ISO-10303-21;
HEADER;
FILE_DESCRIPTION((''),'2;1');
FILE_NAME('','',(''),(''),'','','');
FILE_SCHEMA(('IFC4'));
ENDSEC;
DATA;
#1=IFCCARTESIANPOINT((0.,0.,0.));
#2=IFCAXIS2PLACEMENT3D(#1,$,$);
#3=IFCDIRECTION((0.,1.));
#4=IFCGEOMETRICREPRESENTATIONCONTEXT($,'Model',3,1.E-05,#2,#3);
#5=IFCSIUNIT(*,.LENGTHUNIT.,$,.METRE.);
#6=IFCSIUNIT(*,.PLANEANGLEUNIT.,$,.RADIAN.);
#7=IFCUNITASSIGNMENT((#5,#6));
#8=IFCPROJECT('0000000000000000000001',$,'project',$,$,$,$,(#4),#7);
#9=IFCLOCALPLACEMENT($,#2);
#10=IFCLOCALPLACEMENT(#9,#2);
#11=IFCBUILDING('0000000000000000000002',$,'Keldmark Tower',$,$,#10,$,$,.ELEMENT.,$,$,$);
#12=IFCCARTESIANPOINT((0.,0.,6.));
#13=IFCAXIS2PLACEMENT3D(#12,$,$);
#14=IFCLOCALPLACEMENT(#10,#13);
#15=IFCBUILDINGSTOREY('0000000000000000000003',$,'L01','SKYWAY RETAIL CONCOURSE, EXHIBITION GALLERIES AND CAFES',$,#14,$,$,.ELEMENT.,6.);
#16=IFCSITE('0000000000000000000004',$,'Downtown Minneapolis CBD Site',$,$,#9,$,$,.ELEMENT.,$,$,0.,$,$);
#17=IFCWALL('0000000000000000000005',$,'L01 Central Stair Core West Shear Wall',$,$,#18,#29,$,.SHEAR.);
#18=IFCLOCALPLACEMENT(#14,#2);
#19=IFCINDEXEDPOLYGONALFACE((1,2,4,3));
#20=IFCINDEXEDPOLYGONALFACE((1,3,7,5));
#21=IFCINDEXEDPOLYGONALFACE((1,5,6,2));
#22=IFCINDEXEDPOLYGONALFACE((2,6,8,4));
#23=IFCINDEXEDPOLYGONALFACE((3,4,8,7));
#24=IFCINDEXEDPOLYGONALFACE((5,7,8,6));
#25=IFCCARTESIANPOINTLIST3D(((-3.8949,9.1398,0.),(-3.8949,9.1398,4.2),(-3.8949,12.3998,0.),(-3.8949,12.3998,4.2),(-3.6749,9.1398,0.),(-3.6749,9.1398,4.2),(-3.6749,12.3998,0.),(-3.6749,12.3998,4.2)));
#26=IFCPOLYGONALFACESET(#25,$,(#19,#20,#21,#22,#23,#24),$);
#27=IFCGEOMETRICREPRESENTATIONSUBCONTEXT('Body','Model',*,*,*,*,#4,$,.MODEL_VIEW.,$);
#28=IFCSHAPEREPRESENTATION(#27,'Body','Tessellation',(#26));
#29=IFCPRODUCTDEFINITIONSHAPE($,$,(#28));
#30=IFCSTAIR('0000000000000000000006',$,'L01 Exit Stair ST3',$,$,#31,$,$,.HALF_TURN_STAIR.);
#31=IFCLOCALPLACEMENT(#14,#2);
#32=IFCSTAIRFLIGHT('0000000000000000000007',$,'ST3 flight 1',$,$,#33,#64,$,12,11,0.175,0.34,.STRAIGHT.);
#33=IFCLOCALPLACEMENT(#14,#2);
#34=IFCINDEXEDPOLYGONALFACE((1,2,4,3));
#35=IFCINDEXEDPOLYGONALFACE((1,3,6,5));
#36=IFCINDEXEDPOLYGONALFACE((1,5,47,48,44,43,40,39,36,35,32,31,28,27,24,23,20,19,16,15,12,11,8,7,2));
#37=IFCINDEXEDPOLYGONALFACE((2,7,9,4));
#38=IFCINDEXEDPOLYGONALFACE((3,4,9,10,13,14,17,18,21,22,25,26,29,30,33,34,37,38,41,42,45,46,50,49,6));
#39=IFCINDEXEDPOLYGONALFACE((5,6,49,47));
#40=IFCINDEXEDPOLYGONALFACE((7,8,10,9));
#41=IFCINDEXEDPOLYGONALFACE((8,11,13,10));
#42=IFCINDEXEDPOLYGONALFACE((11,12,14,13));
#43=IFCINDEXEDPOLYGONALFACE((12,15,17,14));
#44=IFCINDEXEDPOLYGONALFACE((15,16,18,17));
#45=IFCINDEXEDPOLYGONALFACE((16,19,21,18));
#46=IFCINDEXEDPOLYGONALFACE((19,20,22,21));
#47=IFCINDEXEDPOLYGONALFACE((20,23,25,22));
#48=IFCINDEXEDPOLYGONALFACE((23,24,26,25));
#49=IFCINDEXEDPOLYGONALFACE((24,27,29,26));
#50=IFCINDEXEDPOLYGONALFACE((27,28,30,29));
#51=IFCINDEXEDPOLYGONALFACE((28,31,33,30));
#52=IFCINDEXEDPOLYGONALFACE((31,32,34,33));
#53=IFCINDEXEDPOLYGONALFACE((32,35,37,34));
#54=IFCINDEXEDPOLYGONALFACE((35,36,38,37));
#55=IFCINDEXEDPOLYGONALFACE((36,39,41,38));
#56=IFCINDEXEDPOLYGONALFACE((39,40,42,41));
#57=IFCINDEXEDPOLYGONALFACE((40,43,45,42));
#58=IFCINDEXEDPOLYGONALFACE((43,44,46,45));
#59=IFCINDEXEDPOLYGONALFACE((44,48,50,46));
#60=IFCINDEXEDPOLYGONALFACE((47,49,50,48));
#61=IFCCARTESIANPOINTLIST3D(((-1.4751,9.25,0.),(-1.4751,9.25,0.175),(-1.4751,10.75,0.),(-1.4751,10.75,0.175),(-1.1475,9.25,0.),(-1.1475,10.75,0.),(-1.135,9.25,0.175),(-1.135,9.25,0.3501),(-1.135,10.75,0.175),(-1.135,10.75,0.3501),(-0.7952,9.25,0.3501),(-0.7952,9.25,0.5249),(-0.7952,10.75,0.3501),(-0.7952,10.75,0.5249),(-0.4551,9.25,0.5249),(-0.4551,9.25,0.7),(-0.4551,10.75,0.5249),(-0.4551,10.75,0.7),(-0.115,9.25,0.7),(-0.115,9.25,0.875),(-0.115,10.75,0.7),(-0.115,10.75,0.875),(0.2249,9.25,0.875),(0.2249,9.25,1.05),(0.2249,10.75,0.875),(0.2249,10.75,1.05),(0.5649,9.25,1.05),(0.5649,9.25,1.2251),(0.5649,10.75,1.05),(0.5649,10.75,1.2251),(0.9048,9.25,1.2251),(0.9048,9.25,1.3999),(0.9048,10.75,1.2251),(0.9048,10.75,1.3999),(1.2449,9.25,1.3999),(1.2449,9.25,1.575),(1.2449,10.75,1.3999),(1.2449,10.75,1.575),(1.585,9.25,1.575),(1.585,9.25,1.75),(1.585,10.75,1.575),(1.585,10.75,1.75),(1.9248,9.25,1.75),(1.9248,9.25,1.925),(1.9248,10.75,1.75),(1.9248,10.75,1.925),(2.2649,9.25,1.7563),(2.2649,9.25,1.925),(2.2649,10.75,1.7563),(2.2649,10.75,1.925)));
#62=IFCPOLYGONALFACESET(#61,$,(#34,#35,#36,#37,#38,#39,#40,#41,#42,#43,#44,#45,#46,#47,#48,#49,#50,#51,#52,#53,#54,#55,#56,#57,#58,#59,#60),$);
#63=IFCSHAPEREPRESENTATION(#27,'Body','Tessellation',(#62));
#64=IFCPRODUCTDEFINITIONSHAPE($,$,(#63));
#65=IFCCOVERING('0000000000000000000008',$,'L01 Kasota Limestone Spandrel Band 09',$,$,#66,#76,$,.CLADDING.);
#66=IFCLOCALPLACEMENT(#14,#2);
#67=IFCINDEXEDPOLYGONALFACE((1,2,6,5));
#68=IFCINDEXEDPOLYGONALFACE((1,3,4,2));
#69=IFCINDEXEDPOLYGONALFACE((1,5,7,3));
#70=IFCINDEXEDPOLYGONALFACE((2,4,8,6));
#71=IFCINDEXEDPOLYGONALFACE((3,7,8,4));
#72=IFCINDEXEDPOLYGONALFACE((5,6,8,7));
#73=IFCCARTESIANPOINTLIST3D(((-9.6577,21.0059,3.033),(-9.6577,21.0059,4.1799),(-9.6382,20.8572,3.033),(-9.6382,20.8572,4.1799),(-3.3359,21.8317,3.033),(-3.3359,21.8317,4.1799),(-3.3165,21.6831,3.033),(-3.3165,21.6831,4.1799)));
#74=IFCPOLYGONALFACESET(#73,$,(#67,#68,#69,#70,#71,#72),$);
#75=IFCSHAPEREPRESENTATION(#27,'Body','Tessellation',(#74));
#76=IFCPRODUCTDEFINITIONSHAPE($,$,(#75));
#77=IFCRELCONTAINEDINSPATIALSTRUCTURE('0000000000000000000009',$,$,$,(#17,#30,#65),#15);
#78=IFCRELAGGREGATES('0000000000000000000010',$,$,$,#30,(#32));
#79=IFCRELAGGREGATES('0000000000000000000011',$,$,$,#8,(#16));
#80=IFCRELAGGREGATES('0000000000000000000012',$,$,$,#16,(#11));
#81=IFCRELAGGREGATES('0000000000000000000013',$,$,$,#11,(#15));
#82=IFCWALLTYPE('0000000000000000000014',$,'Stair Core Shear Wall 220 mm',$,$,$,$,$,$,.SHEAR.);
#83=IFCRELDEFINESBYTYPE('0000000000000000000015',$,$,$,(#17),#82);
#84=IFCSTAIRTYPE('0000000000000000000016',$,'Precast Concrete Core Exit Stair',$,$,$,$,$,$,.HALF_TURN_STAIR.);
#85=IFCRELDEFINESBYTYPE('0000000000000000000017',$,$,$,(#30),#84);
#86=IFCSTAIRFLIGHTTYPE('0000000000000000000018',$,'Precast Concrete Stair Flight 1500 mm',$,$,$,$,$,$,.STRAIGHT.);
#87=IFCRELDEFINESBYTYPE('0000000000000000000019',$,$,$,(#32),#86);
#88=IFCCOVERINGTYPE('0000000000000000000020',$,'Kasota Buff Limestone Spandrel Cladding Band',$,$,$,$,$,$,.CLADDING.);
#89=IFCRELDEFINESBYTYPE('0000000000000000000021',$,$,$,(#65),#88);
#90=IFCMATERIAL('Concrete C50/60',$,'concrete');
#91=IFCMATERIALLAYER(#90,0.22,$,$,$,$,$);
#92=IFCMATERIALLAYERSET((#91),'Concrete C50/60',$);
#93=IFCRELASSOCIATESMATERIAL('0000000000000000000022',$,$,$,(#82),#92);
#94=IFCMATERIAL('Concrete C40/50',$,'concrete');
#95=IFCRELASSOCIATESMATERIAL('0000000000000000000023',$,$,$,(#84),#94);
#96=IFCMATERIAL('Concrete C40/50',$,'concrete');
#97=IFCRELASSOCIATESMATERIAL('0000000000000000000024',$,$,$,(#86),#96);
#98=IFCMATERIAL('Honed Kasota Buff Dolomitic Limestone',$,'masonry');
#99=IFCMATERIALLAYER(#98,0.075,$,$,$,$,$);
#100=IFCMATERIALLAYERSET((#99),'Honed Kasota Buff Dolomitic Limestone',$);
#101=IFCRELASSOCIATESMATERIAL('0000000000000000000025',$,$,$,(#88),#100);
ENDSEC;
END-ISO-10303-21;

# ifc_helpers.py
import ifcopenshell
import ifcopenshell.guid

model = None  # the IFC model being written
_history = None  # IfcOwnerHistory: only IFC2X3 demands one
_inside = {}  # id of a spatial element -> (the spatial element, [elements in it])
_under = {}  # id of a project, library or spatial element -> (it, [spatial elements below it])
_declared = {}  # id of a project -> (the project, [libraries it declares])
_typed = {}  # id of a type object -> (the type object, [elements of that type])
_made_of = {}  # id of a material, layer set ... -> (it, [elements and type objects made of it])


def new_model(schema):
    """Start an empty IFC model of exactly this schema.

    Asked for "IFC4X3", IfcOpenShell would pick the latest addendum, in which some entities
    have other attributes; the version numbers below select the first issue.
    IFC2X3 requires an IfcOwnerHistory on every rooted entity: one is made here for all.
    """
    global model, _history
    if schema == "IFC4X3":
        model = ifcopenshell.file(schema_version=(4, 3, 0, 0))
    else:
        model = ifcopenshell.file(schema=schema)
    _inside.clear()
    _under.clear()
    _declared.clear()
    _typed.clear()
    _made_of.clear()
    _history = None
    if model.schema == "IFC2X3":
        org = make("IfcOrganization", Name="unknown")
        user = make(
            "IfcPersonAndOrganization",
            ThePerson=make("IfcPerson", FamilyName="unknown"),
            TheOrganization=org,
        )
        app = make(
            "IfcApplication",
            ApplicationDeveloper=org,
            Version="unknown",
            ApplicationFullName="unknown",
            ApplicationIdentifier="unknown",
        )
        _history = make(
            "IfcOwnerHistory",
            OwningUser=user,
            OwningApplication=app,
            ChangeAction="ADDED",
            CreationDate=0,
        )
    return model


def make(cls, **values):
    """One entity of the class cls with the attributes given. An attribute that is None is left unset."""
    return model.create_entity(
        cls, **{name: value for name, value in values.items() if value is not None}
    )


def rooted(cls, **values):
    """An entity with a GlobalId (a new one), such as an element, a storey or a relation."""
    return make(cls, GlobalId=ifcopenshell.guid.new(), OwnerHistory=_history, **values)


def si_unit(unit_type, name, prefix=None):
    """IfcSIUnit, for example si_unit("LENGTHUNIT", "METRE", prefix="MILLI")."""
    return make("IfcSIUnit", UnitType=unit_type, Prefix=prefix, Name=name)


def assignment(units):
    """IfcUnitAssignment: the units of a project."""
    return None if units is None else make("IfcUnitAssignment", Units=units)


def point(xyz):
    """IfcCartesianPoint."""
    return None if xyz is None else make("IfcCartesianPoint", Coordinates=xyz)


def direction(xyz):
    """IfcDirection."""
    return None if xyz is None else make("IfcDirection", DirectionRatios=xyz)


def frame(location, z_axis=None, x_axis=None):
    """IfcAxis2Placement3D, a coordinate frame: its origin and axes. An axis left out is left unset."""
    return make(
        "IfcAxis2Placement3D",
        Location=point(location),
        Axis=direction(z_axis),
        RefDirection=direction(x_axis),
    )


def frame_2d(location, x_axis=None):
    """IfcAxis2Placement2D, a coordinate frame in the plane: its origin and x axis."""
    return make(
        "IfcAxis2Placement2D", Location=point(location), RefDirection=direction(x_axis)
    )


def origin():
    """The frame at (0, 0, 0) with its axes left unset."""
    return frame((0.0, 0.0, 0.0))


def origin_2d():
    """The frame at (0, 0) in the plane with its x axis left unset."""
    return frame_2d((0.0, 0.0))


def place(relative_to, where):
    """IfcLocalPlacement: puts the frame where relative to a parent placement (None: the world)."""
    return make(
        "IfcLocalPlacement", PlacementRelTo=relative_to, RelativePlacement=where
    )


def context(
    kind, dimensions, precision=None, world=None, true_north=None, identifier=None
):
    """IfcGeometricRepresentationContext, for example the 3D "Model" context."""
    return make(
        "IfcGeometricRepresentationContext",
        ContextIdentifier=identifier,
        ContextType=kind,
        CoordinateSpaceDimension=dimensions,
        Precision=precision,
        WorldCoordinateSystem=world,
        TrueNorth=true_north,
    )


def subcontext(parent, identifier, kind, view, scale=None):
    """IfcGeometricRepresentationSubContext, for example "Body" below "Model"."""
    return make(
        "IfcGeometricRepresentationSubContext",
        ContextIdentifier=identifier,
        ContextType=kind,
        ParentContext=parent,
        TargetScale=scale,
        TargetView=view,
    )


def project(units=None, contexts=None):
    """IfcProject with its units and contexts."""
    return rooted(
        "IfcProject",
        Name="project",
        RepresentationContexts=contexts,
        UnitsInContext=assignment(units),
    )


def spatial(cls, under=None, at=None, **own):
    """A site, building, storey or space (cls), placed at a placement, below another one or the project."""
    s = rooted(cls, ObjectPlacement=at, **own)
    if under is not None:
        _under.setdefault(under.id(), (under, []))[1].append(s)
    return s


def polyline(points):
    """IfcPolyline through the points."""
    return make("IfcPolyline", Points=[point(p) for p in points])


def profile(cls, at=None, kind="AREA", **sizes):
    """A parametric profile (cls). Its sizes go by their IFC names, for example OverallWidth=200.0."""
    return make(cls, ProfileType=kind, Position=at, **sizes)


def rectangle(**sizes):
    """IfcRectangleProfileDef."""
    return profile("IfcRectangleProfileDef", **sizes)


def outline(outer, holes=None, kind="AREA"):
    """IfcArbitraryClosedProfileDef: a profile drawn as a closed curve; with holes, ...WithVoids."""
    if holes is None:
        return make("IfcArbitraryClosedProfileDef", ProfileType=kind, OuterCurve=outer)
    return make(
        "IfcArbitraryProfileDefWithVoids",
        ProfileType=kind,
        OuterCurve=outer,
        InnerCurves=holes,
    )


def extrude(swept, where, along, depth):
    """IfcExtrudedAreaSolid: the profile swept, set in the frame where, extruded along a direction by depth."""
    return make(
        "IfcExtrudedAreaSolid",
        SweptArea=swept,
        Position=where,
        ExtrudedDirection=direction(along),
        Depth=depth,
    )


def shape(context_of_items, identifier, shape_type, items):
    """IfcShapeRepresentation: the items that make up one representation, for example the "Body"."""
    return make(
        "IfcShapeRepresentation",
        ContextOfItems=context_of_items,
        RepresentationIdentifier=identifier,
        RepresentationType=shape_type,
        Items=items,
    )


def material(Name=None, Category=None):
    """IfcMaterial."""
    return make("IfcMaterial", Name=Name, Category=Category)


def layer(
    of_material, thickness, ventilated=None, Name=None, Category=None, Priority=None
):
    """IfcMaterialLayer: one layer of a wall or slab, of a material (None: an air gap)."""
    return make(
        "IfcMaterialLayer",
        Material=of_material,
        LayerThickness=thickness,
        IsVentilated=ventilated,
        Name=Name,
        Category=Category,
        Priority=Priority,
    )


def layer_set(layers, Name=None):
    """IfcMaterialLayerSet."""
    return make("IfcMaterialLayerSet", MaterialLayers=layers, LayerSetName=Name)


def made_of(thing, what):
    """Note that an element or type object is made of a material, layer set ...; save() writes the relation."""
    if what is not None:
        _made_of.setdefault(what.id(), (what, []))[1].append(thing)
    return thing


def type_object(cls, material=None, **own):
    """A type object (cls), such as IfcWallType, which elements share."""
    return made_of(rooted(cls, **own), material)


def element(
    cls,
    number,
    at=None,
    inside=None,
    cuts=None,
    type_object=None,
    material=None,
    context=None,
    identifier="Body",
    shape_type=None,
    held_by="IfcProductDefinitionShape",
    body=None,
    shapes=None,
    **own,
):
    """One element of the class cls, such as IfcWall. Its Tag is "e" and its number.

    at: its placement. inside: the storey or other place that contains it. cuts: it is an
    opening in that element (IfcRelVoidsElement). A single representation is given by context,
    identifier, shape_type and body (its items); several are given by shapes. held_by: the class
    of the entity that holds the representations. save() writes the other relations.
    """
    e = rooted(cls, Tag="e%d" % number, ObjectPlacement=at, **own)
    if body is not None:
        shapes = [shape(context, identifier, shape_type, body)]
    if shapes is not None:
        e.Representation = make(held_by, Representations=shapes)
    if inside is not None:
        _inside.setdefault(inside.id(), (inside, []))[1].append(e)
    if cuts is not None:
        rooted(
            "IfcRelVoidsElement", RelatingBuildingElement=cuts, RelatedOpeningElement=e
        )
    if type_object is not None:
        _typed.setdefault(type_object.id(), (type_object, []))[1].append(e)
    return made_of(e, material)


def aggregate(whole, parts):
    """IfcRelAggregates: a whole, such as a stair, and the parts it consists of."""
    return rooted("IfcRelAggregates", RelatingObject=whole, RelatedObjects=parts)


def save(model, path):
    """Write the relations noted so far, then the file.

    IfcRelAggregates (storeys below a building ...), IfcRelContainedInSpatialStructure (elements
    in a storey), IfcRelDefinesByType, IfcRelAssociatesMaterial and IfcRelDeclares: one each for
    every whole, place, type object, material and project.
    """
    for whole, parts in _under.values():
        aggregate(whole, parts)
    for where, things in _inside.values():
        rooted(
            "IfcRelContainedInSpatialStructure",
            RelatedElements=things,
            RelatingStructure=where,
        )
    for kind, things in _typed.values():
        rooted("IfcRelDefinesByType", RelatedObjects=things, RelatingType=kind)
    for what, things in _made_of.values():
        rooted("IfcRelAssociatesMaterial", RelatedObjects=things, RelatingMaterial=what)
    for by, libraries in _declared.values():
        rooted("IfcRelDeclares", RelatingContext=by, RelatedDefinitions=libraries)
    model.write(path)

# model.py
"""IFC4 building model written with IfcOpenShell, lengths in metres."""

from ifc_helpers import new_model, si_unit, direction, frame, frame_2d, origin, origin_2d, place, context, subcontext, project, spatial, polyline, rectangle, outline, extrude, material, layer, layer_set, type_object, element, aggregate, save


model = new_model("IFC4")

# Units and contexts
model_context = context("Model", 3, precision=1e-05, world=origin(), true_north=direction((0.0, 1.0)))
body_context = subcontext(model_context, "Body", "Model", "MODEL_VIEW")
ifc_project = project(units=[si_unit("LENGTHUNIT", "METRE"), si_unit("PLANEANGLEUNIT", "RADIAN")], contexts=[model_context])

# Site, building, storey
site_placement = place(None, origin())
site = spatial("IfcSite", under=ifc_project, at=site_placement, Name="Downtown Minneapolis CBD Site", CompositionType="ELEMENT", RefElevation=0.0)
building_placement = place(site_placement, origin())
building = spatial("IfcBuilding", under=site, at=building_placement, Name="Keldmark Tower", CompositionType="ELEMENT")
storey_placement = place(building_placement, frame((0.0, 0.0, 6.0)))
storey = spatial("IfcBuildingStorey", under=building, at=storey_placement, Name="L01", Description="SKYWAY RETAIL CONCOURSE, EXHIBITION GALLERIES AND CAFES", CompositionType="ELEMENT", Elevation=6.0)

# Shared definitions
ifc_material_1 = material(Name="Concrete C50/60", Category="concrete")
ifc_layer_1 = layer(ifc_material_1, 0.22)
ifc_layer_set_1 = layer_set([ifc_layer_1], Name="Concrete C50/60")
wall_type_1 = type_object("IfcWallType", Name="Stair Core Shear Wall 220 mm", PredefinedType="SHEAR", material=ifc_layer_set_1)

# Wall
wall_1_placement = place(storey_placement, frame((-3.7849, 9.1399, 0.0), z_axis=(0.0, 0.0, 1.0), x_axis=(0.0, 1.0, 0.0)))
element("IfcWall", 1, at=wall_1_placement, inside=storey, type_object=wall_type_1, Name="L01 Central Stair Core West Shear Wall", PredefinedType="SHEAR", context=body_context, shape_type="SweptSolid", body=[
    extrude(rectangle(XDim=3.26, YDim=0.22, at=frame_2d((1.6299, 0.0))), origin(), (0.0, 0.0, 1.0), 4.2),
])

# Stair, stair flight
ifc_material_2 = material(Name="Concrete C40/50", Category="concrete")
stair_type = type_object("IfcStairType", Name="Precast Concrete Core Exit Stair", PredefinedType="HALF_TURN_STAIR", material=ifc_material_2)
stair_placement = place(storey_placement, origin())
stair = element("IfcStair", 2, at=stair_placement, inside=storey, type_object=stair_type, Name="L01 Exit Stair ST3", PredefinedType="HALF_TURN_STAIR")
ifc_material_3 = material(Name="Concrete C40/50", Category="concrete")
stair_flight_type = type_object("IfcStairFlightType", Name="Precast Concrete Stair Flight 1500 mm", PredefinedType="STRAIGHT", material=ifc_material_3)
stair_flight_placement = place(storey_placement, frame((-1.4751, 10.0, 0.0), z_axis=(0.0, 0.0, 1.0), x_axis=(1.0, 0.0, 0.0)))
stair_flight = element("IfcStairFlight", 3, at=stair_flight_placement, type_object=stair_flight_type, Name="ST3 flight 1", NumberOfRisers=12, NumberOfTreads=11, PredefinedType="STRAIGHT", RiserHeight=0.175, TreadLength=0.34, context=body_context, shape_type="SweptSolid", body=[
    extrude(outline(polyline([(0.0, 0.0), (0.0, 0.175), (0.3401, 0.175), (0.3401, 0.3501), (0.6799, 0.3501), (0.6799, 0.5249), (1.02, 0.5249), (1.02, 0.7), (1.3601, 0.7), (1.3601, 0.875), (1.7, 0.875), (1.7, 1.05), (2.04, 1.05), (2.04, 1.2251), (2.3799, 1.2251), (2.3799, 1.3999), (2.72, 1.3999), (2.72, 1.575), (3.0601, 1.575), (3.0601, 1.75), (3.3999, 1.75), (3.3999, 1.925), (3.74, 1.925), (3.74, 2.1001), (3.74, 1.7563), (0.3276, 0.0), (0.0, 0.0)])), frame((0.0, 0.75, 0.0), z_axis=(0.0, -1.0, 0.0), x_axis=(1.0, 0.0, 0.0)), (0.0, 0.0, 1.0), 1.5),
])
aggregate(stair, [stair_flight])

# Covering
ifc_material_4 = material(Name="Honed Kasota Buff Dolomitic Limestone", Category="masonry")
ifc_layer_2 = layer(ifc_material_4, 0.075)
ifc_layer_set_2 = layer_set([ifc_layer_2], Name="Honed Kasota Buff Dolomitic Limestone")
covering_type = type_object("IfcCoveringType", Name="Kasota Buff Limestone Spandrel Cladding Band", PredefinedType="CLADDING", material=ifc_layer_set_2)
covering_placement = place(storey_placement, frame((-6.4871, 21.3445, 3.033), z_axis=(0.0, 0.0, 1.0), x_axis=(-0.991574, -0.12954, 0.0)))
element("IfcCovering", 4, at=covering_placement, inside=storey, type_object=covering_type, Name="L01 Kasota Limestone Spandrel Band 09", PredefinedType="CLADDING", context=body_context, shape_type="SweptSolid", body=[
    extrude(rectangle(XDim=6.3755, YDim=0.1499, at=origin_2d()), origin(), (0.0, 0.0, 1.0), 1.147),
])

save(model, "model.ifc")
